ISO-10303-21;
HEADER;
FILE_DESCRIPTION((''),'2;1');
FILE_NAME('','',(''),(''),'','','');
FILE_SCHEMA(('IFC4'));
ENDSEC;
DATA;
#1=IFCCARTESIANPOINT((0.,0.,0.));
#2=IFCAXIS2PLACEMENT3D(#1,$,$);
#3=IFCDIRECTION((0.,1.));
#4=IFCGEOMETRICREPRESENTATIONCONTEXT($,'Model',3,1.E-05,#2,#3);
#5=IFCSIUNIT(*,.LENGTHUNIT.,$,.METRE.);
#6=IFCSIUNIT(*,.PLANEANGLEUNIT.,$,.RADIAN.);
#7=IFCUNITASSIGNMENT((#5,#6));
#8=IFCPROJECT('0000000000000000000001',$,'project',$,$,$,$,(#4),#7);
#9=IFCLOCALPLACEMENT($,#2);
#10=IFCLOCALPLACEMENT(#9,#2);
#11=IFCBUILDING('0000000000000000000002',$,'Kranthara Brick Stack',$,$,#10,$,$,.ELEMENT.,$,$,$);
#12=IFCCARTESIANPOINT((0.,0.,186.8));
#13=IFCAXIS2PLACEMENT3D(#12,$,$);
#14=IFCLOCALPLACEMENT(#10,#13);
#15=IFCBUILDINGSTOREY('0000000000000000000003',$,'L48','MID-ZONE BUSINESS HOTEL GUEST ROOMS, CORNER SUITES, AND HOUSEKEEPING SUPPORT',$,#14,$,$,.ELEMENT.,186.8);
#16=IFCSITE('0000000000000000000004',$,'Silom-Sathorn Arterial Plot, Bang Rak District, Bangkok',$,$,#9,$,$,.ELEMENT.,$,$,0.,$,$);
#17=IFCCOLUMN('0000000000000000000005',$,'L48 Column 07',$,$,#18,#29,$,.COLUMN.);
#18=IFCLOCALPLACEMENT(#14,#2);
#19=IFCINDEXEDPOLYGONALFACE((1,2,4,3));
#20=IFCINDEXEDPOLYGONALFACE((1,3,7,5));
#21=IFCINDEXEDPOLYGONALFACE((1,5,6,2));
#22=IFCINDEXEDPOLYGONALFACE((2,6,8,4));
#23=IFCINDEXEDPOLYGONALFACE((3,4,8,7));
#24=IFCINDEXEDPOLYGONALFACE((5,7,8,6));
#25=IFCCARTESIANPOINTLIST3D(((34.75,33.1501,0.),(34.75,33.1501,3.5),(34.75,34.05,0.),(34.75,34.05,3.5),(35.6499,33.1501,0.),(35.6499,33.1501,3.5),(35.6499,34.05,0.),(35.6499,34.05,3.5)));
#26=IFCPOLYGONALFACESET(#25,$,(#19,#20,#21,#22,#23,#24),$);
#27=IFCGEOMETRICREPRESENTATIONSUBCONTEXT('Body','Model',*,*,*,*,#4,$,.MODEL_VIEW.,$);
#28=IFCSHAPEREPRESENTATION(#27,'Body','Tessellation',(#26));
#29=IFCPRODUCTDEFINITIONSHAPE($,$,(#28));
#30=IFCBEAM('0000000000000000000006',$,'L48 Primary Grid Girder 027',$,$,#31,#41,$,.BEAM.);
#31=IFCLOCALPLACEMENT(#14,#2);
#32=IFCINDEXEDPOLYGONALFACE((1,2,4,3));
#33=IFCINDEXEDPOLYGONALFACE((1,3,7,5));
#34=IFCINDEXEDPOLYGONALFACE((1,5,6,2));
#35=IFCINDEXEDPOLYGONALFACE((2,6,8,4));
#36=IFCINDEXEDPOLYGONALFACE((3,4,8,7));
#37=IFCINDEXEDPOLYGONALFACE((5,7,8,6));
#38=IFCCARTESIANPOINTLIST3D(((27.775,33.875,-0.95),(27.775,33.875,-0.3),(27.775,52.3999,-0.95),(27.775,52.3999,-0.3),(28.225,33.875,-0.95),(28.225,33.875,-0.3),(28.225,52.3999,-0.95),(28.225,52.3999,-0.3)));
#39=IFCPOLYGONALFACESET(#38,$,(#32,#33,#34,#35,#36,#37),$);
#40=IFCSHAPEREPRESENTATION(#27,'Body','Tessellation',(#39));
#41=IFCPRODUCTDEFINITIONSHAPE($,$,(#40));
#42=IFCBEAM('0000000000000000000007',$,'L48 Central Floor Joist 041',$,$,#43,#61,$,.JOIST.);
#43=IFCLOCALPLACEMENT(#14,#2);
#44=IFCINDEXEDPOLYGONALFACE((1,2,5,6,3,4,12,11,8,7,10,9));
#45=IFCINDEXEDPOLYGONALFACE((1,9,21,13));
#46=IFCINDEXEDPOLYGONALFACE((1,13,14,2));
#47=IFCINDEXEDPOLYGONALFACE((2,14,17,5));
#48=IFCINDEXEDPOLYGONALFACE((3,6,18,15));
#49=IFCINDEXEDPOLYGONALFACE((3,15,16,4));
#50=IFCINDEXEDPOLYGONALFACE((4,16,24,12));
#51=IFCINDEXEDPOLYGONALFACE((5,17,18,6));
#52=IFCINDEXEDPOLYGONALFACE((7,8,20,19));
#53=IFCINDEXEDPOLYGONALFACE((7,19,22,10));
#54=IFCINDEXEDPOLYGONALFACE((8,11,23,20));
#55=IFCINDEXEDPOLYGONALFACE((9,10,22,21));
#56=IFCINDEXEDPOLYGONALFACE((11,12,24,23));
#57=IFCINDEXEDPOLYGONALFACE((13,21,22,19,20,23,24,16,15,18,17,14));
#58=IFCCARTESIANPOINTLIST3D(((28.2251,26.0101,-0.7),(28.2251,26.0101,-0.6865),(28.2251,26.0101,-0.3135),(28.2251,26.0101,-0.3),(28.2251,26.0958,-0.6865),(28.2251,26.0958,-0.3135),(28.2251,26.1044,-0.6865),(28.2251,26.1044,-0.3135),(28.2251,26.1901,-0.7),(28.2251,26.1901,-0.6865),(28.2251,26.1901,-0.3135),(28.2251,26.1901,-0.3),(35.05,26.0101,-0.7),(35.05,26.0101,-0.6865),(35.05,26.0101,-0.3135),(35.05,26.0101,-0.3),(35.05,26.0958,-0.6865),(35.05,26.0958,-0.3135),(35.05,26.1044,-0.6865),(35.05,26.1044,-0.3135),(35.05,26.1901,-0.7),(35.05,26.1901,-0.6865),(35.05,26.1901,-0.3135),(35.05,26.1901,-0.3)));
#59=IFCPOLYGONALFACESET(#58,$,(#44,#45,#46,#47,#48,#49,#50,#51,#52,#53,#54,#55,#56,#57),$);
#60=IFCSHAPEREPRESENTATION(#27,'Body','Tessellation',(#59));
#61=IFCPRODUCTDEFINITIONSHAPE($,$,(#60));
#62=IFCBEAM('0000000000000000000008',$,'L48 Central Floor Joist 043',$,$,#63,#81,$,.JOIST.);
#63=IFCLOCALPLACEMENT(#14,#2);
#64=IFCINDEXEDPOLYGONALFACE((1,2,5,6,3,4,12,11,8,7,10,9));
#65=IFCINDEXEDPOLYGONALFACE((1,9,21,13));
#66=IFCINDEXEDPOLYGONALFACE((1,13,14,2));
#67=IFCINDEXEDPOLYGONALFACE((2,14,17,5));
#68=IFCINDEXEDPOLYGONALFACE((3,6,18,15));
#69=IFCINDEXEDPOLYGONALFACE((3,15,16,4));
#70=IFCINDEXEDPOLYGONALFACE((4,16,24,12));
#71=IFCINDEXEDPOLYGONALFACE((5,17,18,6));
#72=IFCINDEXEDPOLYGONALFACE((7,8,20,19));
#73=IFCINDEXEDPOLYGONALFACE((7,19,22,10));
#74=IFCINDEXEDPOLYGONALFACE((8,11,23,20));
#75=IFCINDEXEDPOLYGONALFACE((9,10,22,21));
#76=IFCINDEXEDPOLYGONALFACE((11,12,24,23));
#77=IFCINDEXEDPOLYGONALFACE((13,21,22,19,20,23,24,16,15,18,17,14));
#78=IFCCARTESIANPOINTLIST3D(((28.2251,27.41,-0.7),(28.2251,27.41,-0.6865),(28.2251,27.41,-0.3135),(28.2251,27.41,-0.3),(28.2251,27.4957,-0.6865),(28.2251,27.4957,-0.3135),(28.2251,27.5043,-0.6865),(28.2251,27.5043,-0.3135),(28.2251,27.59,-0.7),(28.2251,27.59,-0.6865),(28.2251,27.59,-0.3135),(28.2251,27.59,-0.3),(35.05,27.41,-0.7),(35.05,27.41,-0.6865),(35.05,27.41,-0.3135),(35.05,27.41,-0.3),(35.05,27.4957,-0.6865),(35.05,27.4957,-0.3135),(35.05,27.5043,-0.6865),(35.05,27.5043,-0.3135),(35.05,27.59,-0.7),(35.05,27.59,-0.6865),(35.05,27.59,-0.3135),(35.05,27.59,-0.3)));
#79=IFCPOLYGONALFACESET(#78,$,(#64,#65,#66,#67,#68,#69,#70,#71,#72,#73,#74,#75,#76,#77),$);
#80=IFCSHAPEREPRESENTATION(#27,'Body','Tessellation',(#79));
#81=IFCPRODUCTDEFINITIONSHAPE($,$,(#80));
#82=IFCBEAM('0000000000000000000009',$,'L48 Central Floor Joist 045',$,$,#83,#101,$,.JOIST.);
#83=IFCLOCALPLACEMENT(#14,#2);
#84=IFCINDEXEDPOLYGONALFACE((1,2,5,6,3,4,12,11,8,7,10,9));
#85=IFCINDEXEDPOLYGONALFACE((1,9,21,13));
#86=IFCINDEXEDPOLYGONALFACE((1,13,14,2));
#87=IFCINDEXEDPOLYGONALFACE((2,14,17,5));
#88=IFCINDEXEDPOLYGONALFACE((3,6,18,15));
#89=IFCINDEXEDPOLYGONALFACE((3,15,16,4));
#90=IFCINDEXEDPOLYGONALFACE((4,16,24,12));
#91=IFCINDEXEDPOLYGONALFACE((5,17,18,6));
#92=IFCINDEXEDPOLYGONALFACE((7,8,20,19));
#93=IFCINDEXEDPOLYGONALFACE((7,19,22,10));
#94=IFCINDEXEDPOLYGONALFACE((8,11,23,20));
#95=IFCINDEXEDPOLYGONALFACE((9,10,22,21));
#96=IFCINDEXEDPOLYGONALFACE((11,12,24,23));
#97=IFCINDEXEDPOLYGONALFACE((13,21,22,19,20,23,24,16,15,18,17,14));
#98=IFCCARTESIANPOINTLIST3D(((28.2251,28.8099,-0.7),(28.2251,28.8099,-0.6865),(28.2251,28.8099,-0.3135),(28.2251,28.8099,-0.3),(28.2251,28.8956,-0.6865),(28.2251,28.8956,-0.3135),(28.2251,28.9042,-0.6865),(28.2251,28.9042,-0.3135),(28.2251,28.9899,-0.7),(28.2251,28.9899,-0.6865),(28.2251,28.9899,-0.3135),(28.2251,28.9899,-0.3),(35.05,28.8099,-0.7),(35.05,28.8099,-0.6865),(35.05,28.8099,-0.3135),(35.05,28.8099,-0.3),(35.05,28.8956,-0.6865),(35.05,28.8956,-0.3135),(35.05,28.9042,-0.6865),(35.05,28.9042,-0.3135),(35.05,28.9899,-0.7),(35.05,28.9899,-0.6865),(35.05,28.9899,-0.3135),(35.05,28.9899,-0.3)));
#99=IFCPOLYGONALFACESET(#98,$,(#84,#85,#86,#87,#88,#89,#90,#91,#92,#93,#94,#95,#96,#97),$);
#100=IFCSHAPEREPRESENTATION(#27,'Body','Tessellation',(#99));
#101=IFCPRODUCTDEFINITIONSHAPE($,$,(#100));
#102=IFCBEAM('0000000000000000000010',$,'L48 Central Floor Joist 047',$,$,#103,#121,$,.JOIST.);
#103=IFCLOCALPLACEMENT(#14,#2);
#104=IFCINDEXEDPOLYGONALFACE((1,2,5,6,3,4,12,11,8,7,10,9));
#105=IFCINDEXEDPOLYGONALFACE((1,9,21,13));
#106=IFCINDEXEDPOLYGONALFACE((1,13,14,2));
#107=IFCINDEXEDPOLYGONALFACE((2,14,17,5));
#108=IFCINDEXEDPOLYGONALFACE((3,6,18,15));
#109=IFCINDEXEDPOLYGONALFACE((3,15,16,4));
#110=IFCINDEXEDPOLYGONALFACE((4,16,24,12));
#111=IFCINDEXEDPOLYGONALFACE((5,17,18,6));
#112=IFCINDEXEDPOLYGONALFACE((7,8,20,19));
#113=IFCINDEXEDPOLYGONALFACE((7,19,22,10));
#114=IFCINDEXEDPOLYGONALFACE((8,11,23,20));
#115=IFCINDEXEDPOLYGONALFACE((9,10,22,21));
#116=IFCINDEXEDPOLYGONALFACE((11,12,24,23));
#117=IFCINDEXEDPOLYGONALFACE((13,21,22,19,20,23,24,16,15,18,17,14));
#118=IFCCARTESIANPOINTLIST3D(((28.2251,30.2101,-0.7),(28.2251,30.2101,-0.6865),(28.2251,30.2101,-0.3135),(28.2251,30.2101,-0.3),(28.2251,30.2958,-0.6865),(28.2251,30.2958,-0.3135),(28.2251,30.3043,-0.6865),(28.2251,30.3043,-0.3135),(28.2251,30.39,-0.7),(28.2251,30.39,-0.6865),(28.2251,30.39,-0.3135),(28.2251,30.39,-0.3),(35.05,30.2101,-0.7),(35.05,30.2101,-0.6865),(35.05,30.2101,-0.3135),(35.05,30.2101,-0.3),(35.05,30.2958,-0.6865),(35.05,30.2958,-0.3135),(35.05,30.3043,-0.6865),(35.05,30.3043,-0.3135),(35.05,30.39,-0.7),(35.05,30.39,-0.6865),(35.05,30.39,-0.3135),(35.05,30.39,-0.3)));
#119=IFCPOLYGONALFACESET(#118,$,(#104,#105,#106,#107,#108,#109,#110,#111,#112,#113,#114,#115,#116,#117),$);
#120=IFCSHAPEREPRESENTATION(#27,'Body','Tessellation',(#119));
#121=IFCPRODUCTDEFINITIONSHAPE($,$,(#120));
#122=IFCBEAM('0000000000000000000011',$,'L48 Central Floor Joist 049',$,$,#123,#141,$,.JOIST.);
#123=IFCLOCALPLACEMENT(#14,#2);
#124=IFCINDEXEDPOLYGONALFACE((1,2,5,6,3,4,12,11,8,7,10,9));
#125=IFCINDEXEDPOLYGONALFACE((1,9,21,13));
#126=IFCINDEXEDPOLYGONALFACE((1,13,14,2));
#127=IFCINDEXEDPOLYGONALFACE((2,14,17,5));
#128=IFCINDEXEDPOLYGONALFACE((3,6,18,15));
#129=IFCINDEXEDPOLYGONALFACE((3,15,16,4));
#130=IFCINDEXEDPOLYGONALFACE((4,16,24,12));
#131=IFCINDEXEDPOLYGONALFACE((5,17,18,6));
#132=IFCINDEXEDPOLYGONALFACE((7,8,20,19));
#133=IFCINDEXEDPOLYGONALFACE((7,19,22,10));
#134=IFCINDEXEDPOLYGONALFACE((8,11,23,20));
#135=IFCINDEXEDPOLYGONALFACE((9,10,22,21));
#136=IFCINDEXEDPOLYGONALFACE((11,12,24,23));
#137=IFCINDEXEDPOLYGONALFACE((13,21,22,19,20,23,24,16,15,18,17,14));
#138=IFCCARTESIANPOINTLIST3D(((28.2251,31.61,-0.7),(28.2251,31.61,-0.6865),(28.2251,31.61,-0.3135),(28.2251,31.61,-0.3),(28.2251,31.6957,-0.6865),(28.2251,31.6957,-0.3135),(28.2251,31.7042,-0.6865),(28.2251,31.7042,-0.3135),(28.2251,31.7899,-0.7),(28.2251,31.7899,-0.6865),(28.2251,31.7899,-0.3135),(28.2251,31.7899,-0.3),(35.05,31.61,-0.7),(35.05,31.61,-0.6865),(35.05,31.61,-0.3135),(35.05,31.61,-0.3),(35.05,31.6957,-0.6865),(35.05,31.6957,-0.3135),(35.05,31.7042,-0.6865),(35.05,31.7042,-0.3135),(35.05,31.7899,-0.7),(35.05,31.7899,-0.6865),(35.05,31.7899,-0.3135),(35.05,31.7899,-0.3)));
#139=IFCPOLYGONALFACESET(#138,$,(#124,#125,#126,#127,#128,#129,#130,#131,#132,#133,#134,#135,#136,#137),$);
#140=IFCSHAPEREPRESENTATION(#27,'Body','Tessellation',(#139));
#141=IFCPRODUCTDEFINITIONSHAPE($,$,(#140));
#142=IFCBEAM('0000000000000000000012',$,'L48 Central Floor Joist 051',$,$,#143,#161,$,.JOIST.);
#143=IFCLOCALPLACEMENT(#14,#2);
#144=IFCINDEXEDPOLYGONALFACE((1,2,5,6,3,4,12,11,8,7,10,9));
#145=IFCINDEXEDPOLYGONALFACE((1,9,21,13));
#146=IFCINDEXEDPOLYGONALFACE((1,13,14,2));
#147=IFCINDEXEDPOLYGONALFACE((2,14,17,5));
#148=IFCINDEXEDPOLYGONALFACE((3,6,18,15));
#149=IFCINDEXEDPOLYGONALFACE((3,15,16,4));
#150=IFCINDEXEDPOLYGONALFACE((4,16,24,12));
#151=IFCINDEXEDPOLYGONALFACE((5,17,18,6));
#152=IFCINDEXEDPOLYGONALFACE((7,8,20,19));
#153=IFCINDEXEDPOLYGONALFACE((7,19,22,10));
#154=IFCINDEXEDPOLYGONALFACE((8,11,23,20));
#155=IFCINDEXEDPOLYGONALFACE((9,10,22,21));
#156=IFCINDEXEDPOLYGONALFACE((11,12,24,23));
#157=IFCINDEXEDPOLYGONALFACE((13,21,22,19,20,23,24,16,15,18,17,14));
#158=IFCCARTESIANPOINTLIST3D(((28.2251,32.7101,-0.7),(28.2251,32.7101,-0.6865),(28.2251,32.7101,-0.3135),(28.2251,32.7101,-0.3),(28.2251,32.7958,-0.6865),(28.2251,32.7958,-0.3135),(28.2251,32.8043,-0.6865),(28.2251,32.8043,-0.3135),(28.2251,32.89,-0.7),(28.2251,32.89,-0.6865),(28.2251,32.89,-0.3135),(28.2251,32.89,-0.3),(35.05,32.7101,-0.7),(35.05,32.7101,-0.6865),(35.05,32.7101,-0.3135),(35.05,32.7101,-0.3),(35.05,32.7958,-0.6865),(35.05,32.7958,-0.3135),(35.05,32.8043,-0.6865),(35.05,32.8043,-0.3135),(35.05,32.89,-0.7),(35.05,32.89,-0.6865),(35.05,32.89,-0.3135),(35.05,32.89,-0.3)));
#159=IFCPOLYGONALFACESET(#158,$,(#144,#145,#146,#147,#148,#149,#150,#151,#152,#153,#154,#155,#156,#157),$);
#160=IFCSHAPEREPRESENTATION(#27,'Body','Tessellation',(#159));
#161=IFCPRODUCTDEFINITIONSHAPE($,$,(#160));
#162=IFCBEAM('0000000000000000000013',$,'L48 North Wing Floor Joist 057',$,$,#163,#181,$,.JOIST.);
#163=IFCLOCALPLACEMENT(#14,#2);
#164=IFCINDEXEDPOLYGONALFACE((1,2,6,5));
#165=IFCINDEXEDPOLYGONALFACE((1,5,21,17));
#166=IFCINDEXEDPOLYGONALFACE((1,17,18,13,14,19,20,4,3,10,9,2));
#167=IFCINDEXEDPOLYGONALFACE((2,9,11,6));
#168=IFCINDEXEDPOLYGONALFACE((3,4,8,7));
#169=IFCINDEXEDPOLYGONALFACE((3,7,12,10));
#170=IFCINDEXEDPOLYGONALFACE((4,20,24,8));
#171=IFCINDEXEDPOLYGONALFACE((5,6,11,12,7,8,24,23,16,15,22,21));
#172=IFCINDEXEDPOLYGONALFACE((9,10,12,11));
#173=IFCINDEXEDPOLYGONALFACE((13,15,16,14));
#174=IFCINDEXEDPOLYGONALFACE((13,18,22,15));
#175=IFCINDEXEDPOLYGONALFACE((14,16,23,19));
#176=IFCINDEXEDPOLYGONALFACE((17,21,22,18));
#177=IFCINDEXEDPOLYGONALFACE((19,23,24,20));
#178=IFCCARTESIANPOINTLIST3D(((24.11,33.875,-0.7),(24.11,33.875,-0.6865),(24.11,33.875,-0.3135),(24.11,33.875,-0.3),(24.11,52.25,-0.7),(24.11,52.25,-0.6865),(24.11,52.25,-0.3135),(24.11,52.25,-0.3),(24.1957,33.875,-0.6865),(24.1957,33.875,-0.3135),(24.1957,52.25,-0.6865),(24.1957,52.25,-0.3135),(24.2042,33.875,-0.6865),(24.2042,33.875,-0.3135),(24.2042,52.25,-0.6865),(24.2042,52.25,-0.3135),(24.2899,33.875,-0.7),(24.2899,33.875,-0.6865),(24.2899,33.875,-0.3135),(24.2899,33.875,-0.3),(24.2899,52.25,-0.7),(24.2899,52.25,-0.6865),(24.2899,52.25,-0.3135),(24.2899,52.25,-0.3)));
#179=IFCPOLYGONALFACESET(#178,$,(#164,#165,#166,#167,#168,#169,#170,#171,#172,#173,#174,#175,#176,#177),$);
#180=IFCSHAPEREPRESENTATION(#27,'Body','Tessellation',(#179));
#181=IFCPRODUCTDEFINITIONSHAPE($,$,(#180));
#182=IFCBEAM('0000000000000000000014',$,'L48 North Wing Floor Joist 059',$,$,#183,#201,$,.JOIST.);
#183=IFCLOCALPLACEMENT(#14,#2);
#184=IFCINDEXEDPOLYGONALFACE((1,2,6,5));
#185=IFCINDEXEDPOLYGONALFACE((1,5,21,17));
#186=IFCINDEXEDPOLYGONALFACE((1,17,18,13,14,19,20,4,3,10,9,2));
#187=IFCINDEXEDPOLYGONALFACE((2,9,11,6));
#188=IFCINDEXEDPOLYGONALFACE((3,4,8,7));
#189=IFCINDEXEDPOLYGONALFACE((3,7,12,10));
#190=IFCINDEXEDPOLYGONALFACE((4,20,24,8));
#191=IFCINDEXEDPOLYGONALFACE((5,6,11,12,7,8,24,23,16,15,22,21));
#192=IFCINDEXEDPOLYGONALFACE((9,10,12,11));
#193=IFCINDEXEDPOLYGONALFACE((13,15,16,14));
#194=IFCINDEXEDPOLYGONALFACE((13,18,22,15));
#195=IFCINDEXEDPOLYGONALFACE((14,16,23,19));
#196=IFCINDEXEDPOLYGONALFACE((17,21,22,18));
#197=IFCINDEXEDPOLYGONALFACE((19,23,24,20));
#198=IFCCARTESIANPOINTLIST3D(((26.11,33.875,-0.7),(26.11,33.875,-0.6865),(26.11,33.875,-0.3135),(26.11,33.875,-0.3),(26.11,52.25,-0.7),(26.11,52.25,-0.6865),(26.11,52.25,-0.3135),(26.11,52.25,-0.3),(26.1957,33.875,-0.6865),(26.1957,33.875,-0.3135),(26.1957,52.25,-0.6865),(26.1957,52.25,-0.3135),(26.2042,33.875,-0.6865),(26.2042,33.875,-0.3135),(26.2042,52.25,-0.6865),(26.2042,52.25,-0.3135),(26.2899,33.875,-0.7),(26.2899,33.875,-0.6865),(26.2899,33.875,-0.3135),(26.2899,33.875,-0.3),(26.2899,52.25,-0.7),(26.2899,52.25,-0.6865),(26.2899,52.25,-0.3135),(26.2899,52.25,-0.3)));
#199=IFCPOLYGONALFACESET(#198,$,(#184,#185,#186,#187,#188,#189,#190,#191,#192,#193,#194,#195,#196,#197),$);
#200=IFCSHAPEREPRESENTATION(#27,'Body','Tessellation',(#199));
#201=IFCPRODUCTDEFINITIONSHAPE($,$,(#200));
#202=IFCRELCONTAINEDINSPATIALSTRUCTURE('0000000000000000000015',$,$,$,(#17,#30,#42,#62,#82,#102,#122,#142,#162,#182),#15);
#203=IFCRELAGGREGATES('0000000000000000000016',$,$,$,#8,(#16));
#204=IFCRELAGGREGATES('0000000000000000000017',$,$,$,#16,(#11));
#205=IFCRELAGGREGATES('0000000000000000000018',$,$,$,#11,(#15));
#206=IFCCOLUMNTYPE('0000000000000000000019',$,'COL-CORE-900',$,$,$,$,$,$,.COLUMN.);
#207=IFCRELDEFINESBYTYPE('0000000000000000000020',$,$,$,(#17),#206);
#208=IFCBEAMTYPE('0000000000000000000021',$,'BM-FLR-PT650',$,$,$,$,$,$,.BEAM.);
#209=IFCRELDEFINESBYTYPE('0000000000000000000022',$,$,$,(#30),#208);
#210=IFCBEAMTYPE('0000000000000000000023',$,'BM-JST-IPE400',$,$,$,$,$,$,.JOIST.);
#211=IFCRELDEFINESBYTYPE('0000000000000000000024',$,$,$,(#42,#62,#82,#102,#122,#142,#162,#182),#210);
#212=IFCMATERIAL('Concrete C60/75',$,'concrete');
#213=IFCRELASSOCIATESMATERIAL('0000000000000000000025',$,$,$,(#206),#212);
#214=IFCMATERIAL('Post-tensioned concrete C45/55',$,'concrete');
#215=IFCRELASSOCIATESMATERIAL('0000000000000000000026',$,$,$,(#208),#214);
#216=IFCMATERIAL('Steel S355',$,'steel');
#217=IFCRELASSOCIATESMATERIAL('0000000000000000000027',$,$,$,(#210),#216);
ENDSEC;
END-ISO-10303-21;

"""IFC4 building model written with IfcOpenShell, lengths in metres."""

from ifc_helpers import new_model, si_unit, direction, frame, origin, origin_2d, place, context, subcontext, project, spatial, rectangle, i_section, extrude, material, material_profile, profile_set, type_object, element, save


model = new_model("IFC4")

# Units and contexts
model_context = context("Model", 3, precision=1e-05, world=origin(), true_north=direction((0.0, 1.0)))
body_context = subcontext(model_context, "Body", "Model", "MODEL_VIEW")
ifc_project = project(units=[si_unit("LENGTHUNIT", "METRE"), si_unit("PLANEANGLEUNIT", "RADIAN")], contexts=[model_context])

# Site, building, storey
site_placement = place(None, origin())
site = spatial("IfcSite", under=ifc_project, at=site_placement, Name="Silom-Sathorn Arterial Plot, Bang Rak District, Bangkok", CompositionType="ELEMENT", RefElevation=0.0)
building_placement = place(site_placement, origin())
building = spatial("IfcBuilding", under=site, at=building_placement, Name="Kranthara Brick Stack", CompositionType="ELEMENT")
storey_placement = place(building_placement, frame((0.0, 0.0, 186.8)))
storey = spatial("IfcBuildingStorey", under=building, at=storey_placement, Name="L48", Description="MID-ZONE BUSINESS HOTEL GUEST ROOMS, CORNER SUITES, AND HOUSEKEEPING SUPPORT", CompositionType="ELEMENT", Elevation=186.8)

# Column
ifc_material_1 = material(Name="Concrete C60/75", Category="concrete")
ifc_material_profile_1 = material_profile(ifc_material_1, rectangle(XDim=0.8999, YDim=0.8999, at=origin_2d()), Name="RC 900x900")
ifc_profile_set_1 = profile_set([ifc_material_profile_1], Name="Concrete C60/75")
column_type = type_object("IfcColumnType", Name="COL-CORE-900", PredefinedType="COLUMN", material=ifc_profile_set_1)
column_placement = place(storey_placement, frame((35.2, 33.6001, 0.0), z_axis=(0.0, 0.0, 1.0), x_axis=(1.0, 0.0, 0.0)))
element("IfcColumn", 1, at=column_placement, inside=storey, type_object=column_type, Name="L48 Column 07", PredefinedType="COLUMN", context=body_context, shape_type="SweptSolid", body=[
    extrude(rectangle(XDim=0.8999, YDim=0.8999, at=origin_2d()), origin(), (0.0, 0.0, 1.0), 3.5),
])

# Beams
ifc_material_2 = material(Name="Post-tensioned concrete C45/55", Category="concrete")
ifc_material_profile_2 = material_profile(ifc_material_2, rectangle(XDim=0.45, YDim=0.6499, at=origin_2d()), Name="PT 450x650")
ifc_profile_set_2 = profile_set([ifc_material_profile_2], Name="Post-tensioned concrete C45/55")
beam_type_1 = type_object("IfcBeamType", Name="BM-FLR-PT650", PredefinedType="BEAM", material=ifc_profile_set_2)
beam_placement = place(storey_placement, frame((28.0, 33.875, -0.625), z_axis=(0.0, 1.0, 0.0), x_axis=(-1.0, 0.0, 0.0)))
element("IfcBeam", 2, at=beam_placement, inside=storey, type_object=beam_type_1, Name="L48 Primary Grid Girder 027", PredefinedType="BEAM", context=body_context, shape_type="SweptSolid", body=[
    extrude(rectangle(XDim=0.45, YDim=0.6499, at=origin_2d()), origin(), (0.0, 0.0, 1.0), 18.5249),
])
ifc_material_3 = material(Name="Steel S355", Category="steel")
ifc_material_profile_3 = material_profile(ifc_material_3, i_section(OverallWidth=0.1799, OverallDepth=0.3999, WebThickness=0.0085, FlangeThickness=0.0134, at=origin_2d()), Name="IPE 400")
ifc_profile_set_3 = profile_set([ifc_material_profile_3], Name="Steel S355")
beam_type_2 = type_object("IfcBeamType", Name="BM-JST-IPE400", PredefinedType="JOIST", material=ifc_profile_set_3)
for number, where, z_axis, x_axis, name in (
    (3, (28.2251, 26.1001, -0.5), (1.0, 0.0, 0.0), (0.0, 1.0, 0.0), "L48 Central Floor Joist 041"),
    (4, (28.2251, 27.5, -0.5), (1.0, 0.0, 0.0), (0.0, 1.0, 0.0), "L48 Central Floor Joist 043"),
    (5, (28.2251, 28.8999, -0.5), (1.0, 0.0, 0.0), (0.0, 1.0, 0.0), "L48 Central Floor Joist 045"),
    (6, (28.2251, 30.3, -0.5), (1.0, 0.0, 0.0), (0.0, 1.0, 0.0), "L48 Central Floor Joist 047"),
    (7, (28.2251, 31.7, -0.5), (1.0, 0.0, 0.0), (0.0, 1.0, 0.0), "L48 Central Floor Joist 049"),
    (8, (28.2251, 32.8, -0.5), (1.0, 0.0, 0.0), (0.0, 1.0, 0.0), "L48 Central Floor Joist 051"),
):
    element("IfcBeam", number, at=place(storey_placement, frame(where, z_axis=z_axis, x_axis=x_axis)), inside=storey, type_object=beam_type_2, Name=name, PredefinedType="JOIST", context=body_context, shape_type="SweptSolid", body=[
        extrude(i_section(OverallWidth=0.1799, OverallDepth=0.3999, WebThickness=0.0085, FlangeThickness=0.0134, at=origin_2d()), origin(), (0.0, 0.0, 1.0), 6.825),
    ])
for number, where, z_axis, x_axis, name in (
    (9, (24.2, 33.875, -0.5), (0.0, 1.0, 0.0), (-1.0, 0.0, 0.0), "L48 North Wing Floor Joist 057"),
    (10, (26.2, 33.875, -0.5), (0.0, 1.0, 0.0), (-1.0, 0.0, 0.0), "L48 North Wing Floor Joist 059"),
):
    element("IfcBeam", number, at=place(storey_placement, frame(where, z_axis=z_axis, x_axis=x_axis)), inside=storey, type_object=beam_type_2, Name=name, PredefinedType="JOIST", context=body_context, shape_type="SweptSolid", body=[
        extrude(i_section(OverallWidth=0.1799, OverallDepth=0.3999, WebThickness=0.0085, FlangeThickness=0.0134, at=origin_2d()), origin(), (0.0, 0.0, 1.0), 18.375),
    ])

save(model, "model.ifc")
